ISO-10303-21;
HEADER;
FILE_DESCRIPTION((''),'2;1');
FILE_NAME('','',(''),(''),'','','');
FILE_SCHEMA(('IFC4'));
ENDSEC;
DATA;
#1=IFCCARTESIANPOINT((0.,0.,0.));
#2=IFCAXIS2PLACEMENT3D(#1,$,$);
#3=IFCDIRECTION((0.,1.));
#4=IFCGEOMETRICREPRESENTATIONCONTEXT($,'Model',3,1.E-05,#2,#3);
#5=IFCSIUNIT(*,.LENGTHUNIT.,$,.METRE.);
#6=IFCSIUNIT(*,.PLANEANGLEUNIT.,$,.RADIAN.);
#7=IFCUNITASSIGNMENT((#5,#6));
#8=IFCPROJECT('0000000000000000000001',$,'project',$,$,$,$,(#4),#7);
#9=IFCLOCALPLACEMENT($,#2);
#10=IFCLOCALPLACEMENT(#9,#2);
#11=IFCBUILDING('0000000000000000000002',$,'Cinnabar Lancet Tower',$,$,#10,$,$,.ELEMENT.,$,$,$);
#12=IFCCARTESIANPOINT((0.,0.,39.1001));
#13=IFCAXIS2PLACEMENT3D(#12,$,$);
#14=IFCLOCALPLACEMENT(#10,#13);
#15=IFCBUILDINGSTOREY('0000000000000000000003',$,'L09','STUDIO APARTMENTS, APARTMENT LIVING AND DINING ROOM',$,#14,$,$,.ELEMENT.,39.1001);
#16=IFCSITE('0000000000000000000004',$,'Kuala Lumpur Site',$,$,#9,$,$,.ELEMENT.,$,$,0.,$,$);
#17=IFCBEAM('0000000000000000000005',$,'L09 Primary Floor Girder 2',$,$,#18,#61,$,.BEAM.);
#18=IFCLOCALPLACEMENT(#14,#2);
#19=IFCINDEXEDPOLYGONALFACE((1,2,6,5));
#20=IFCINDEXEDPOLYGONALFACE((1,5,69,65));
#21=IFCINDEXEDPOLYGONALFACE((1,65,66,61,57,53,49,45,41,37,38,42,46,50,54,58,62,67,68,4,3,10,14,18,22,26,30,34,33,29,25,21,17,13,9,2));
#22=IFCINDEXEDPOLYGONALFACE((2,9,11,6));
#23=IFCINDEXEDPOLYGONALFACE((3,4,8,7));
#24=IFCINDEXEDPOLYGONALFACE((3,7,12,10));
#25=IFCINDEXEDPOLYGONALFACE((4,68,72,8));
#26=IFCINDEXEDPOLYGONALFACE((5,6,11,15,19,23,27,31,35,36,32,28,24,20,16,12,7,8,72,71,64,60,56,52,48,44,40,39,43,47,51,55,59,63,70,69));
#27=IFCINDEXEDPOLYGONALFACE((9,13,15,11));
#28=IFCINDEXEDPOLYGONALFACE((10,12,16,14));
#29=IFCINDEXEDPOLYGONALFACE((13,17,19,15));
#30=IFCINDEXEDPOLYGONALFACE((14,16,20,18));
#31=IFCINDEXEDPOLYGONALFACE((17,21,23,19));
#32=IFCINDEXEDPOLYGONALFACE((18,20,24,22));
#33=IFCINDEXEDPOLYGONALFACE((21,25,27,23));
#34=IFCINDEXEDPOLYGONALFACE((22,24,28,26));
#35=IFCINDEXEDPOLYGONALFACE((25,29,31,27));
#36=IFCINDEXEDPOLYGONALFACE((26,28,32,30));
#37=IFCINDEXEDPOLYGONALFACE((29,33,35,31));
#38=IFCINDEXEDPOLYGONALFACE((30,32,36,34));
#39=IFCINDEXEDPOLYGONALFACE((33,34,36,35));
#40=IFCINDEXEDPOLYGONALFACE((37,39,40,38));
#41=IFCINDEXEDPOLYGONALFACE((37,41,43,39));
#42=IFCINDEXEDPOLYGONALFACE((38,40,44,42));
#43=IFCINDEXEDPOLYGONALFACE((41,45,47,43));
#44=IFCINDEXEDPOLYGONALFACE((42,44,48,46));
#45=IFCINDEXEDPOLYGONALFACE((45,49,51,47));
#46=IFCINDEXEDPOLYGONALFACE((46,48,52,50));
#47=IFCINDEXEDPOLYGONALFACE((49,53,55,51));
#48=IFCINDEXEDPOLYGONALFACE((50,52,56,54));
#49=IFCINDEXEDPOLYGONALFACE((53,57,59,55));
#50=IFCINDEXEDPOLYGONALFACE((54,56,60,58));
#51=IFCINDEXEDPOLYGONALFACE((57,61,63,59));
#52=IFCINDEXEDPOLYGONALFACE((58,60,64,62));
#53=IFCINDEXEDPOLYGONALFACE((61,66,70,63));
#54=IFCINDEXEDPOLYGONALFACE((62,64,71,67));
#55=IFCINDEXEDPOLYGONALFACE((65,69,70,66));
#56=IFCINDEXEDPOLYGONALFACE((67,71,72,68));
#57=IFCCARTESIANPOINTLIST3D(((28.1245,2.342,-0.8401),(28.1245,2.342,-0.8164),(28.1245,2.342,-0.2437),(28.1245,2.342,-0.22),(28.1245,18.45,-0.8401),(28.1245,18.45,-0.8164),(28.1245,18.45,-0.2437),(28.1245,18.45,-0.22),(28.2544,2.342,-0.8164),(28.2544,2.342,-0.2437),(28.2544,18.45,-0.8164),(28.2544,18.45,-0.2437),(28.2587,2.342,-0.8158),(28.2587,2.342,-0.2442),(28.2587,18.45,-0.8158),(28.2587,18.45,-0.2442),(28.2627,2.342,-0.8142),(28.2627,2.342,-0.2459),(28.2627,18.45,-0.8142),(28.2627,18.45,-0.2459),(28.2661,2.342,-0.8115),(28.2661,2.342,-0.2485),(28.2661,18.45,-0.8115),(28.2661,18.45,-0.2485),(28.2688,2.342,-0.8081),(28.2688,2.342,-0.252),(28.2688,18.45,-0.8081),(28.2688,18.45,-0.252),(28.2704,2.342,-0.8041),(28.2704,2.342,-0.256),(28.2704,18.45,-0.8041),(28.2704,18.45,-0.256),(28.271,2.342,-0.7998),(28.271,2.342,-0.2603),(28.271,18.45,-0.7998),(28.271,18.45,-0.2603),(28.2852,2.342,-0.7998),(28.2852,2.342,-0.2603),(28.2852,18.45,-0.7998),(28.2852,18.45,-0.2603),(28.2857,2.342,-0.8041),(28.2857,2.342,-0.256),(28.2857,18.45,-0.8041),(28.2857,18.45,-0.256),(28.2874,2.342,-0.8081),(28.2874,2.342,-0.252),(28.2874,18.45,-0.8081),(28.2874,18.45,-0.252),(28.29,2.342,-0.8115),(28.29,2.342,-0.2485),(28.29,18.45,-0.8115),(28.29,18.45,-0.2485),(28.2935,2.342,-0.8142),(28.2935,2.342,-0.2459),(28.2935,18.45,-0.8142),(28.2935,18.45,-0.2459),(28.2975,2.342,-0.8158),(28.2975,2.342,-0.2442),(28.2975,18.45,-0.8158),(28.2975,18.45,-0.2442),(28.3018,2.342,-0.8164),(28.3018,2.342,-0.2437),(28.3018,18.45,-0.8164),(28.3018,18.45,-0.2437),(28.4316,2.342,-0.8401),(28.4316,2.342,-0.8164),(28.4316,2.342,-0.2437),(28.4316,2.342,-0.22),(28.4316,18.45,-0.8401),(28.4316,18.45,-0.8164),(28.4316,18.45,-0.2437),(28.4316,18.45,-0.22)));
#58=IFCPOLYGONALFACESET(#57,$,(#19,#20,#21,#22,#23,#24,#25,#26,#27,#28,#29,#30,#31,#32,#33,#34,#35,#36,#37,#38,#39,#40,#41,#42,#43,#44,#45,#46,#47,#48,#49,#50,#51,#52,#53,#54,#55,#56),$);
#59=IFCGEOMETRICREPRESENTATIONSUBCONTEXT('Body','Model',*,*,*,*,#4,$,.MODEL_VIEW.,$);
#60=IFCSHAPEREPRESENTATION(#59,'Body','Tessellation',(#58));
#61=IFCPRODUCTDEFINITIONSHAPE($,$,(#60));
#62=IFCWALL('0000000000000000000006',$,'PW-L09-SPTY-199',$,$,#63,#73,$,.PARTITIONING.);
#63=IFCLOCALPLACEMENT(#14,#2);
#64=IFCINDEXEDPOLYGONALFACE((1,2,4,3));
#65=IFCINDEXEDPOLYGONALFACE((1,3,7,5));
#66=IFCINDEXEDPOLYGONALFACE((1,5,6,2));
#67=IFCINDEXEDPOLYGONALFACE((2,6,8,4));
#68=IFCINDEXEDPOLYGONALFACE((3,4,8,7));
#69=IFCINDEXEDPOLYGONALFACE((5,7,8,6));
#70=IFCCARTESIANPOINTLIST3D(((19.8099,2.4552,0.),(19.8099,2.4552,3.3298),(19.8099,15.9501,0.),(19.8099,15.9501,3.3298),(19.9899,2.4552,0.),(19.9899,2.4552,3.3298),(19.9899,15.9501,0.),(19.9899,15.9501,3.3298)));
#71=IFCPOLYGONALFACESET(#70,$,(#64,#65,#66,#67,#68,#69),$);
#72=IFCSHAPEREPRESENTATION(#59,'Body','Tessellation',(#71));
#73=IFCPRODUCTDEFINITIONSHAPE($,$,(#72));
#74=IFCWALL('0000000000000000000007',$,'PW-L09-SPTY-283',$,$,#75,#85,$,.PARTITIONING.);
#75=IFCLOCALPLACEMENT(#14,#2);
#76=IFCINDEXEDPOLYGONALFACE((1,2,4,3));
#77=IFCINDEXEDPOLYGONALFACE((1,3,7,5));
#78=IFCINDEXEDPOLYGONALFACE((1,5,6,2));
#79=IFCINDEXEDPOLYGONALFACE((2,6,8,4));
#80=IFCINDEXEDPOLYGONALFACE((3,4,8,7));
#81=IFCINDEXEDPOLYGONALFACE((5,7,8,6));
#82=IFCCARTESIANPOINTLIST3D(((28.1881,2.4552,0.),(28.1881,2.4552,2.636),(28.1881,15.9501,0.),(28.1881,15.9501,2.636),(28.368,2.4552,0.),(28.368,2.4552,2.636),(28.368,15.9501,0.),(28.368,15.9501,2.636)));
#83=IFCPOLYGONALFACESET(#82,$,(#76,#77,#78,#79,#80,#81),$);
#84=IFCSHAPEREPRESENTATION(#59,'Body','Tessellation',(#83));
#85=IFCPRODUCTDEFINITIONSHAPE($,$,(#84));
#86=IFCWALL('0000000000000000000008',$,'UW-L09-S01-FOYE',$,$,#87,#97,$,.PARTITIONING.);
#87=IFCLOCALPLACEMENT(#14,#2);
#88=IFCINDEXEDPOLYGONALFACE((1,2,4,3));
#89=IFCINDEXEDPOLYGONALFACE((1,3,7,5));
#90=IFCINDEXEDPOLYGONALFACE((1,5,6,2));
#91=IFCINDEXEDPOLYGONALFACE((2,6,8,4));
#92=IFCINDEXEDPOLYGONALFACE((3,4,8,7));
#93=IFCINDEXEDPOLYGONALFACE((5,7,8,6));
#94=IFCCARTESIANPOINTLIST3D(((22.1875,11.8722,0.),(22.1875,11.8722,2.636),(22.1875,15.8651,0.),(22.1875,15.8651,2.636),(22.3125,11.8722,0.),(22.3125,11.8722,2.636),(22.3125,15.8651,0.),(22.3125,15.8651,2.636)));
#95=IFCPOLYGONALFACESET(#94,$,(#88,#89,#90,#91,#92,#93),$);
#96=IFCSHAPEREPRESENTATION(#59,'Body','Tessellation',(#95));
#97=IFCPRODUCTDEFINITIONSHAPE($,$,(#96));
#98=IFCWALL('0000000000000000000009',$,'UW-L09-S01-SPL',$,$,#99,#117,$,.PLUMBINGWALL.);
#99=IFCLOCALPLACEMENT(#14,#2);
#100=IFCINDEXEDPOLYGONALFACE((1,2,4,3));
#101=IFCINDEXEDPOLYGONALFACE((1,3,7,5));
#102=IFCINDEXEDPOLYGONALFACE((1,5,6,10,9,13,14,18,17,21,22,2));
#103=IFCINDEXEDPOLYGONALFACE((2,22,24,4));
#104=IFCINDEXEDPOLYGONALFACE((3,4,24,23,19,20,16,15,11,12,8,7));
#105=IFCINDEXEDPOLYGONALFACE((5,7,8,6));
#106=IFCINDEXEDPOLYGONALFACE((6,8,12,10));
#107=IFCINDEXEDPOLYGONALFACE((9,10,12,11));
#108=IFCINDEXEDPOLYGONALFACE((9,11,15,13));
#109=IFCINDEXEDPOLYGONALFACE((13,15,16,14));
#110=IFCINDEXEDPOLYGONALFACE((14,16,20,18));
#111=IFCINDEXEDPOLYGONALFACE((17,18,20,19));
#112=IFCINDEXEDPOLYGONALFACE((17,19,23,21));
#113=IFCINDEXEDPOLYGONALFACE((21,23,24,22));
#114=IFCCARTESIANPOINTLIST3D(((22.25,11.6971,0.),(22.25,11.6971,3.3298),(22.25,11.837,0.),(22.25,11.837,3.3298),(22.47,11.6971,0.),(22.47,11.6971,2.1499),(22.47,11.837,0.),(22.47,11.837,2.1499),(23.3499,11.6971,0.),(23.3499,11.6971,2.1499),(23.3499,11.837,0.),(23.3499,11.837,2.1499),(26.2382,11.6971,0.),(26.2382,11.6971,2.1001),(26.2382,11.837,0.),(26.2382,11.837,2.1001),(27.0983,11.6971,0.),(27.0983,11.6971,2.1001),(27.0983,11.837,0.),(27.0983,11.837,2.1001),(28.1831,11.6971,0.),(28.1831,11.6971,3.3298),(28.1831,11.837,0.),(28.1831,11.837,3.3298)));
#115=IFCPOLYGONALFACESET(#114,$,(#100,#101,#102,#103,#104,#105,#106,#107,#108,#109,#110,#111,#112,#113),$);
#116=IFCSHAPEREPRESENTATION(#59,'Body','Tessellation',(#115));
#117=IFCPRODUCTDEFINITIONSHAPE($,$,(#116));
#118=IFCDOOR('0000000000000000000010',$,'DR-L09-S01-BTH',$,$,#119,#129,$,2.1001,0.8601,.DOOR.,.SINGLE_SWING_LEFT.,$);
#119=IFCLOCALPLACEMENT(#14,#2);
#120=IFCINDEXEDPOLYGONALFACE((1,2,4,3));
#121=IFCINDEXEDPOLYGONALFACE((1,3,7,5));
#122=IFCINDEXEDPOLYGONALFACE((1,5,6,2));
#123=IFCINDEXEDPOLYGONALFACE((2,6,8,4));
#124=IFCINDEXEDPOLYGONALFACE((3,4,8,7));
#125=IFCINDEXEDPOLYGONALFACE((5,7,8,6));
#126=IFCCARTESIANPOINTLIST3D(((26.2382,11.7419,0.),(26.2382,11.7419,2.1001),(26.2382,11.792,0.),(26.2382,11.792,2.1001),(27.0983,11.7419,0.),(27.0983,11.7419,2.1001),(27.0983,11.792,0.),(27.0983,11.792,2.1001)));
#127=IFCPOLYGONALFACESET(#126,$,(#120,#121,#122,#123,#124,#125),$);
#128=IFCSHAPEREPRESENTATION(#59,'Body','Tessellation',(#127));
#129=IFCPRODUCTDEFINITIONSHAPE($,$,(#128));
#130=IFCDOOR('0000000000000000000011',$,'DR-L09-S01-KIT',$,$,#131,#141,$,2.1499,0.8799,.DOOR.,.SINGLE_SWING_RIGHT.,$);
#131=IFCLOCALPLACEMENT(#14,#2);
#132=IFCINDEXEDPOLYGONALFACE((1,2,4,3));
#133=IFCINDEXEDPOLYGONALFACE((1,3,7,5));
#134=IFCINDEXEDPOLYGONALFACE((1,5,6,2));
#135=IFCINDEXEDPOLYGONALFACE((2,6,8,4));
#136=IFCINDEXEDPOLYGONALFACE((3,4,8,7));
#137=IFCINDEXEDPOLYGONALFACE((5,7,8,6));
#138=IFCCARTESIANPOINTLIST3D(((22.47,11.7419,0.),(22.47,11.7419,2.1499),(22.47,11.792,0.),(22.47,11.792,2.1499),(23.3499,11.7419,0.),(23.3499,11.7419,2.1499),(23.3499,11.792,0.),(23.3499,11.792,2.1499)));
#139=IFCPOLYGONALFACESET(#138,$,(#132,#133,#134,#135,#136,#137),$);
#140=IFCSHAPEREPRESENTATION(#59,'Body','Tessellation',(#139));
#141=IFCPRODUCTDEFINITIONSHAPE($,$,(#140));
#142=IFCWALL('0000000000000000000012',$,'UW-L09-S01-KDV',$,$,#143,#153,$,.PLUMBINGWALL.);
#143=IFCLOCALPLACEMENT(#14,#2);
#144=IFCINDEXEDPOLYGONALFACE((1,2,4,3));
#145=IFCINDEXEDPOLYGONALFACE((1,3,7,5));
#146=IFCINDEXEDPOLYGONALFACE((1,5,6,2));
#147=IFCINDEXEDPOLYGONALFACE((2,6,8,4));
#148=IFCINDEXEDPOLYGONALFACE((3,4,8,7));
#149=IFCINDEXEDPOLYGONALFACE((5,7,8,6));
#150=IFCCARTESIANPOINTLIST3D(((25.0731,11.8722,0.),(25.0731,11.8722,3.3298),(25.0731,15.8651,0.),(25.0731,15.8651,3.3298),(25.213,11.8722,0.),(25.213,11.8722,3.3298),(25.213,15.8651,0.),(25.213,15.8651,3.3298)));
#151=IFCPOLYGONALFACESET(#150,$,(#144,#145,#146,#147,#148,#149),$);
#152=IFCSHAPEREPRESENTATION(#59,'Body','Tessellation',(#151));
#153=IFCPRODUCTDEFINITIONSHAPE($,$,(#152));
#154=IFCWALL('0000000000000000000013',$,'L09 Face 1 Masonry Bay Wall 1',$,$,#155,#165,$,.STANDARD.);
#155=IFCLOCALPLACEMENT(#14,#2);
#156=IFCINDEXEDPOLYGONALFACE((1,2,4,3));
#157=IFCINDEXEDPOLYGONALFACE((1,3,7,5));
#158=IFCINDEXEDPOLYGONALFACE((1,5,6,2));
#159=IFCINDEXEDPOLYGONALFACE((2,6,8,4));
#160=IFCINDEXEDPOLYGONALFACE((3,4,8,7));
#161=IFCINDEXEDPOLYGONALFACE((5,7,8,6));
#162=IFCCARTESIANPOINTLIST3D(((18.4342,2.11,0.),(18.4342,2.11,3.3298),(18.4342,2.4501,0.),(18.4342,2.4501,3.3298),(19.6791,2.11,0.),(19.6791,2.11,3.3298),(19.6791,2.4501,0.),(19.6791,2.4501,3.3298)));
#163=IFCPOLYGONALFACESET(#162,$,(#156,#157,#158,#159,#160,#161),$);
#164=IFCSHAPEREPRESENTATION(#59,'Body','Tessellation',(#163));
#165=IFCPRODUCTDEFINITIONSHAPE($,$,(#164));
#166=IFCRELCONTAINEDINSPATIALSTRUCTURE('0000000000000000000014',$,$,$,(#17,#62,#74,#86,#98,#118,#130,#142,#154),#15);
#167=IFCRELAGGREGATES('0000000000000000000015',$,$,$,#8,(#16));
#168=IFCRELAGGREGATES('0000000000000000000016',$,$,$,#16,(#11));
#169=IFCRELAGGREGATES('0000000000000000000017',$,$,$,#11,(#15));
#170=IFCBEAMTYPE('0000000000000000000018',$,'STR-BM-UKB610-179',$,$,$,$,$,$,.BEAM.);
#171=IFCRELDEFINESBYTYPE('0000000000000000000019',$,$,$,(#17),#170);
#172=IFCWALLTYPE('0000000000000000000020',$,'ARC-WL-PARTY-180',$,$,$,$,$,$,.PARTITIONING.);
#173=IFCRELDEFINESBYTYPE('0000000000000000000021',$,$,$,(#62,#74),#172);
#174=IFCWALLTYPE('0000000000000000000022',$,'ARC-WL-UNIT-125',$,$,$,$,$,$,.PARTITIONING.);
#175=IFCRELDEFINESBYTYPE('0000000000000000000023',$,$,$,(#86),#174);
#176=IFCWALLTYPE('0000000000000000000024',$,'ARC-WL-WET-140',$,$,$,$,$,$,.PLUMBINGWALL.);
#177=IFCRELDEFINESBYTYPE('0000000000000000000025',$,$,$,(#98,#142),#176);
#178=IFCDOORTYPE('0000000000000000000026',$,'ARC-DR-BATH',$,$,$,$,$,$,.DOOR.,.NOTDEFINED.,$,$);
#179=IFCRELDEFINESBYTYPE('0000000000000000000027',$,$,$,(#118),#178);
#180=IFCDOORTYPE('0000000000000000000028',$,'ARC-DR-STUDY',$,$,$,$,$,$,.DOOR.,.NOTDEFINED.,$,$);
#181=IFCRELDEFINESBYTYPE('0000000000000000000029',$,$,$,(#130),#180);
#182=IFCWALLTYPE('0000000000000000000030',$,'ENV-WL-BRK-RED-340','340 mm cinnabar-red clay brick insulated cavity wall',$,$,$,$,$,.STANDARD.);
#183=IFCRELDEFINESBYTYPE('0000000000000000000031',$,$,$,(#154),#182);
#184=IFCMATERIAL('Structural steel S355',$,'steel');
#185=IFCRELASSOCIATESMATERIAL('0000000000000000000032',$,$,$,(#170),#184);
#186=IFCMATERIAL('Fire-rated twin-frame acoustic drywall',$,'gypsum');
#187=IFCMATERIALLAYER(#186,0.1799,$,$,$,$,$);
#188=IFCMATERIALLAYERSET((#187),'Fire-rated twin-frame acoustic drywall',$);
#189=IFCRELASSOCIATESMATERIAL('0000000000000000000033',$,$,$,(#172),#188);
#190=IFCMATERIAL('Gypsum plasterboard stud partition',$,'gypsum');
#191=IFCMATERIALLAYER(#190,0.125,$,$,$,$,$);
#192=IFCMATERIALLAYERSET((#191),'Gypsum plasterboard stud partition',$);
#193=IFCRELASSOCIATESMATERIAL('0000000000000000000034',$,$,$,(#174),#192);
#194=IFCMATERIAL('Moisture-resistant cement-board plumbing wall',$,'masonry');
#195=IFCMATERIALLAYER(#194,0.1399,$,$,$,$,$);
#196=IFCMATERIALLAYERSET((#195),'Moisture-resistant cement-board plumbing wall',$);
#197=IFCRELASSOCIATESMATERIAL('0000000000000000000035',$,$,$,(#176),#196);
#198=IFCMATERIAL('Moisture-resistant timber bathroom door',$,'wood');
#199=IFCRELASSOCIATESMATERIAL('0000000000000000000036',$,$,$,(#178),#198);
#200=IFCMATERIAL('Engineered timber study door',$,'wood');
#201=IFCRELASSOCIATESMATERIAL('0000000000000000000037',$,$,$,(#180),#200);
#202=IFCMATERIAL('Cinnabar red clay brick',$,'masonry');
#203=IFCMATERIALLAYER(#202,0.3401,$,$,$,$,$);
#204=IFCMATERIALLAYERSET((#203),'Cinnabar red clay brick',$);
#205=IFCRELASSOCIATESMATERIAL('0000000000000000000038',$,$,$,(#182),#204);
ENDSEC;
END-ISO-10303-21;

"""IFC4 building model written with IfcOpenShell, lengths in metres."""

from ifc_helpers import new_model, si_unit, direction, frame, frame_2d, origin, origin_2d, place, context, subcontext, project, spatial, rectangle, i_section, extrude, material, layer, layer_set, material_profile, profile_set, type_object, element, fill, save


model = new_model("IFC4")

# Units and contexts
model_context = context("Model", 3, precision=1e-05, world=origin(), true_north=direction((0.0, 1.0)))
body_context = subcontext(model_context, "Body", "Model", "MODEL_VIEW")
ifc_project = project(units=[si_unit("LENGTHUNIT", "METRE"), si_unit("PLANEANGLEUNIT", "RADIAN")], contexts=[model_context])

# Site, building, storey
site_placement = place(None, origin())
site = spatial("IfcSite", under=ifc_project, at=site_placement, Name="Kuala Lumpur Site", CompositionType="ELEMENT", RefElevation=0.0)
building_placement = place(site_placement, origin())
building = spatial("IfcBuilding", under=site, at=building_placement, Name="Cinnabar Lancet Tower", CompositionType="ELEMENT")
storey_placement = place(building_placement, frame((0.0, 0.0, 39.1001)))
storey = spatial("IfcBuildingStorey", under=building, at=storey_placement, Name="L09", Description="STUDIO APARTMENTS, APARTMENT LIVING AND DINING ROOM", CompositionType="ELEMENT", Elevation=39.1001)

# Beam
ifc_material_1 = material(Name="Structural steel S355", Category="steel")
ifc_material_profile_1 = material_profile(ifc_material_1, i_section(OverallWidth=0.3071, OverallDepth=0.6201, WebThickness=0.0142, FlangeThickness=0.0237, FilletRadius=0.0166, at=origin_2d()), Name="UKB 610x305x179")
ifc_profile_set_1 = profile_set([ifc_material_profile_1], Name="Structural steel S355")
beam_type_1 = type_object("IfcBeamType", Name="STR-BM-UKB610-179", PredefinedType="BEAM", material=ifc_profile_set_1)
beam_1_placement = place(storey_placement, frame((28.2781, 2.342, -0.53), z_axis=(0.0, 1.0, 0.0), x_axis=(-1.0, 0.0, 0.0)))
element("IfcBeam", 1, at=beam_1_placement, inside=storey, type_object=beam_type_1, Name="L09 Primary Floor Girder 2", PredefinedType="BEAM", context=body_context, shape_type="SweptSolid", body=[
    extrude(i_section(OverallWidth=0.3071, OverallDepth=0.6201, WebThickness=0.0142, FlangeThickness=0.0237, FilletRadius=0.0166, at=origin_2d()), origin(), (0.0, 0.0, 1.0), 16.1079),
])

# Walls
ifc_material_2 = material(Name="Fire-rated twin-frame acoustic drywall", Category="gypsum")
ifc_layer_1 = layer(ifc_material_2, 0.1799)
ifc_layer_set_1 = layer_set([ifc_layer_1], Name="Fire-rated twin-frame acoustic drywall")
wall_type_1 = type_object("IfcWallType", Name="ARC-WL-PARTY-180", PredefinedType="PARTITIONING", material=ifc_layer_set_1)
wall_1_placement = place(storey_placement, frame((19.8999, 2.4551, 0.0), z_axis=(0.0, 0.0, 1.0), x_axis=(0.0, 1.0, 0.0)))
element("IfcWall", 2, at=wall_1_placement, inside=storey, type_object=wall_type_1, Name="PW-L09-SPTY-199", PredefinedType="PARTITIONING", context=body_context, shape_type="SweptSolid", body=[
    extrude(rectangle(XDim=13.4949, YDim=0.1799, at=frame_2d((6.7476, 0.0))), origin(), (0.0, 0.0, 1.0), 3.3298),
])
wall_2_placement = place(storey_placement, frame((28.2781, 2.4551, 0.0), z_axis=(0.0, 0.0, 1.0), x_axis=(0.0, 1.0, 0.0)))
element("IfcWall", 3, at=wall_2_placement, inside=storey, type_object=wall_type_1, Name="PW-L09-SPTY-283", PredefinedType="PARTITIONING", context=body_context, shape_type="SweptSolid", body=[
    extrude(rectangle(XDim=13.4949, YDim=0.1799, at=frame_2d((6.7476, 0.0))), origin(), (0.0, 0.0, 1.0), 2.636),
])
ifc_material_3 = material(Name="Gypsum plasterboard stud partition", Category="gypsum")
ifc_layer_2 = layer(ifc_material_3, 0.125)
ifc_layer_set_2 = layer_set([ifc_layer_2], Name="Gypsum plasterboard stud partition")
wall_type_2 = type_object("IfcWallType", Name="ARC-WL-UNIT-125", PredefinedType="PARTITIONING", material=ifc_layer_set_2)
wall_3_placement = place(storey_placement, frame((22.25, 11.8721, 0.0), z_axis=(0.0, 0.0, 1.0), x_axis=(0.0, 1.0, 0.0)))
element("IfcWall", 4, at=wall_3_placement, inside=storey, type_object=wall_type_2, Name="UW-L09-S01-FOYE", PredefinedType="PARTITIONING", context=body_context, shape_type="SweptSolid", body=[
    extrude(rectangle(XDim=3.9929, YDim=0.125, at=frame_2d((1.9966, 0.0))), origin(), (0.0, 0.0, 1.0), 2.636),
])

# Wall, openings, doors
ifc_material_4 = material(Name="Moisture-resistant cement-board plumbing wall", Category="masonry")
ifc_layer_3 = layer(ifc_material_4, 0.1399)
ifc_layer_set_3 = layer_set([ifc_layer_3], Name="Moisture-resistant cement-board plumbing wall")
wall_type_3 = type_object("IfcWallType", Name="ARC-WL-WET-140", PredefinedType="PLUMBINGWALL", material=ifc_layer_set_3)
wall_4_placement = place(storey_placement, frame((22.25, 11.7671, 0.0), z_axis=(0.0, 0.0, 1.0), x_axis=(1.0, 0.0, 0.0)))
wall_4 = element("IfcWall", 5, at=wall_4_placement, inside=storey, type_object=wall_type_3, Name="UW-L09-S01-SPL", PredefinedType="PLUMBINGWALL", context=body_context, shape_type="SweptSolid", body=[
    extrude(rectangle(XDim=5.9331, YDim=0.1399, at=frame_2d((2.9666, 0.0))), origin(), (0.0, 0.0, 1.0), 3.3298),
])
opening_1_placement = place(wall_4_placement, frame((3.988, 0.0, 0.0)))
opening_1 = element("IfcOpeningElement", 6, at=opening_1_placement, cuts=wall_4, PredefinedType="OPENING", context=body_context, shape_type="SweptSolid", body=[
    extrude(rectangle(XDim=0.8601, YDim=2.1001, at=frame_2d((0.4302, 1.05))), frame((0.0, 0.0798, 0.0), z_axis=(0.0, -1.0, 0.0), x_axis=(1.0, 0.0, 0.0)), (0.0, 0.0, 1.0), 0.1599),
])
opening_2_placement = place(wall_4_placement, frame((0.22, 0.0, 0.0)))
opening_2 = element("IfcOpeningElement", 7, at=opening_2_placement, cuts=wall_4, PredefinedType="OPENING", context=body_context, shape_type="SweptSolid", body=[
    extrude(rectangle(XDim=0.8799, YDim=2.1499, at=frame_2d((0.4399, 1.075))), frame((0.0, 0.0798, 0.0), z_axis=(0.0, -1.0, 0.0), x_axis=(1.0, 0.0, 0.0)), (0.0, 0.0, 1.0), 0.1599),
])
ifc_material_5 = material(Name="Moisture-resistant timber bathroom door", Category="wood")
door_type_1 = type_object("IfcDoorType", Name="ARC-DR-BATH", OperationType="NOTDEFINED", PredefinedType="DOOR", material=ifc_material_5)
door_1_placement = place(opening_1_placement, origin())
door_1 = element("IfcDoor", 8, at=door_1_placement, inside=storey, type_object=door_type_1, Name="DR-L09-S01-BTH", OperationType="SINGLE_SWING_LEFT", OverallHeight=2.1001, OverallWidth=0.8601, PredefinedType="DOOR", context=body_context, shape_type="SweptSolid", body=[
    extrude(rectangle(XDim=0.8601, YDim=2.1001, at=frame_2d((0.4302, 1.05))), frame((0.0, 0.0249, 0.0), z_axis=(0.0, -1.0, 0.0), x_axis=(1.0, 0.0, 0.0)), (0.0, 0.0, 1.0), 0.05),
])
fill(opening_1, door_1)
ifc_material_6 = material(Name="Engineered timber study door", Category="wood")
door_type_2 = type_object("IfcDoorType", Name="ARC-DR-STUDY", OperationType="NOTDEFINED", PredefinedType="DOOR", material=ifc_material_6)
door_2_placement = place(opening_2_placement, origin())
door_2 = element("IfcDoor", 9, at=door_2_placement, inside=storey, type_object=door_type_2, Name="DR-L09-S01-KIT", OperationType="SINGLE_SWING_RIGHT", OverallHeight=2.1499, OverallWidth=0.8799, PredefinedType="DOOR", context=body_context, shape_type="SweptSolid", body=[
    extrude(rectangle(XDim=0.8799, YDim=2.1499, at=frame_2d((0.4399, 1.075))), frame((0.0, 0.0249, 0.0), z_axis=(0.0, -1.0, 0.0), x_axis=(1.0, 0.0, 0.0)), (0.0, 0.0, 1.0), 0.05),
])
fill(opening_2, door_2)

# Walls
wall_5_placement = place(storey_placement, frame((25.1431, 11.8721, 0.0), z_axis=(0.0, 0.0, 1.0), x_axis=(0.0, 1.0, 0.0)))
element("IfcWall", 10, at=wall_5_placement, inside=storey, type_object=wall_type_3, Name="UW-L09-S01-KDV", PredefinedType="PLUMBINGWALL", context=body_context, shape_type="SweptSolid", body=[
    extrude(rectangle(XDim=3.9929, YDim=0.1399, at=frame_2d((1.9966, 0.0))), origin(), (0.0, 0.0, 1.0), 3.3298),
])
ifc_material_7 = material(Name="Cinnabar red clay brick", Category="masonry")
ifc_layer_4 = layer(ifc_material_7, 0.3401)
ifc_layer_set_4 = layer_set([ifc_layer_4], Name="Cinnabar red clay brick")
wall_type_4 = type_object("IfcWallType", Name="ENV-WL-BRK-RED-340", Description="340 mm cinnabar-red clay brick insulated cavity wall", PredefinedType="STANDARD", material=ifc_layer_set_4)
wall_6_placement = place(storey_placement, frame((18.4341, 2.28, 0.0), z_axis=(0.0, 0.0, 1.0), x_axis=(1.0, 0.0, 0.0)))
element("IfcWall", 11, at=wall_6_placement, inside=storey, type_object=wall_type_4, Name="L09 Face 1 Masonry Bay Wall 1", PredefinedType="STANDARD", context=body_context, shape_type="SweptSolid", body=[
    extrude(rectangle(XDim=1.2449, YDim=0.3401, at=frame_2d((0.6226, 0.0))), origin(), (0.0, 0.0, 1.0), 3.3298),
])

save(model, "model.ifc")
